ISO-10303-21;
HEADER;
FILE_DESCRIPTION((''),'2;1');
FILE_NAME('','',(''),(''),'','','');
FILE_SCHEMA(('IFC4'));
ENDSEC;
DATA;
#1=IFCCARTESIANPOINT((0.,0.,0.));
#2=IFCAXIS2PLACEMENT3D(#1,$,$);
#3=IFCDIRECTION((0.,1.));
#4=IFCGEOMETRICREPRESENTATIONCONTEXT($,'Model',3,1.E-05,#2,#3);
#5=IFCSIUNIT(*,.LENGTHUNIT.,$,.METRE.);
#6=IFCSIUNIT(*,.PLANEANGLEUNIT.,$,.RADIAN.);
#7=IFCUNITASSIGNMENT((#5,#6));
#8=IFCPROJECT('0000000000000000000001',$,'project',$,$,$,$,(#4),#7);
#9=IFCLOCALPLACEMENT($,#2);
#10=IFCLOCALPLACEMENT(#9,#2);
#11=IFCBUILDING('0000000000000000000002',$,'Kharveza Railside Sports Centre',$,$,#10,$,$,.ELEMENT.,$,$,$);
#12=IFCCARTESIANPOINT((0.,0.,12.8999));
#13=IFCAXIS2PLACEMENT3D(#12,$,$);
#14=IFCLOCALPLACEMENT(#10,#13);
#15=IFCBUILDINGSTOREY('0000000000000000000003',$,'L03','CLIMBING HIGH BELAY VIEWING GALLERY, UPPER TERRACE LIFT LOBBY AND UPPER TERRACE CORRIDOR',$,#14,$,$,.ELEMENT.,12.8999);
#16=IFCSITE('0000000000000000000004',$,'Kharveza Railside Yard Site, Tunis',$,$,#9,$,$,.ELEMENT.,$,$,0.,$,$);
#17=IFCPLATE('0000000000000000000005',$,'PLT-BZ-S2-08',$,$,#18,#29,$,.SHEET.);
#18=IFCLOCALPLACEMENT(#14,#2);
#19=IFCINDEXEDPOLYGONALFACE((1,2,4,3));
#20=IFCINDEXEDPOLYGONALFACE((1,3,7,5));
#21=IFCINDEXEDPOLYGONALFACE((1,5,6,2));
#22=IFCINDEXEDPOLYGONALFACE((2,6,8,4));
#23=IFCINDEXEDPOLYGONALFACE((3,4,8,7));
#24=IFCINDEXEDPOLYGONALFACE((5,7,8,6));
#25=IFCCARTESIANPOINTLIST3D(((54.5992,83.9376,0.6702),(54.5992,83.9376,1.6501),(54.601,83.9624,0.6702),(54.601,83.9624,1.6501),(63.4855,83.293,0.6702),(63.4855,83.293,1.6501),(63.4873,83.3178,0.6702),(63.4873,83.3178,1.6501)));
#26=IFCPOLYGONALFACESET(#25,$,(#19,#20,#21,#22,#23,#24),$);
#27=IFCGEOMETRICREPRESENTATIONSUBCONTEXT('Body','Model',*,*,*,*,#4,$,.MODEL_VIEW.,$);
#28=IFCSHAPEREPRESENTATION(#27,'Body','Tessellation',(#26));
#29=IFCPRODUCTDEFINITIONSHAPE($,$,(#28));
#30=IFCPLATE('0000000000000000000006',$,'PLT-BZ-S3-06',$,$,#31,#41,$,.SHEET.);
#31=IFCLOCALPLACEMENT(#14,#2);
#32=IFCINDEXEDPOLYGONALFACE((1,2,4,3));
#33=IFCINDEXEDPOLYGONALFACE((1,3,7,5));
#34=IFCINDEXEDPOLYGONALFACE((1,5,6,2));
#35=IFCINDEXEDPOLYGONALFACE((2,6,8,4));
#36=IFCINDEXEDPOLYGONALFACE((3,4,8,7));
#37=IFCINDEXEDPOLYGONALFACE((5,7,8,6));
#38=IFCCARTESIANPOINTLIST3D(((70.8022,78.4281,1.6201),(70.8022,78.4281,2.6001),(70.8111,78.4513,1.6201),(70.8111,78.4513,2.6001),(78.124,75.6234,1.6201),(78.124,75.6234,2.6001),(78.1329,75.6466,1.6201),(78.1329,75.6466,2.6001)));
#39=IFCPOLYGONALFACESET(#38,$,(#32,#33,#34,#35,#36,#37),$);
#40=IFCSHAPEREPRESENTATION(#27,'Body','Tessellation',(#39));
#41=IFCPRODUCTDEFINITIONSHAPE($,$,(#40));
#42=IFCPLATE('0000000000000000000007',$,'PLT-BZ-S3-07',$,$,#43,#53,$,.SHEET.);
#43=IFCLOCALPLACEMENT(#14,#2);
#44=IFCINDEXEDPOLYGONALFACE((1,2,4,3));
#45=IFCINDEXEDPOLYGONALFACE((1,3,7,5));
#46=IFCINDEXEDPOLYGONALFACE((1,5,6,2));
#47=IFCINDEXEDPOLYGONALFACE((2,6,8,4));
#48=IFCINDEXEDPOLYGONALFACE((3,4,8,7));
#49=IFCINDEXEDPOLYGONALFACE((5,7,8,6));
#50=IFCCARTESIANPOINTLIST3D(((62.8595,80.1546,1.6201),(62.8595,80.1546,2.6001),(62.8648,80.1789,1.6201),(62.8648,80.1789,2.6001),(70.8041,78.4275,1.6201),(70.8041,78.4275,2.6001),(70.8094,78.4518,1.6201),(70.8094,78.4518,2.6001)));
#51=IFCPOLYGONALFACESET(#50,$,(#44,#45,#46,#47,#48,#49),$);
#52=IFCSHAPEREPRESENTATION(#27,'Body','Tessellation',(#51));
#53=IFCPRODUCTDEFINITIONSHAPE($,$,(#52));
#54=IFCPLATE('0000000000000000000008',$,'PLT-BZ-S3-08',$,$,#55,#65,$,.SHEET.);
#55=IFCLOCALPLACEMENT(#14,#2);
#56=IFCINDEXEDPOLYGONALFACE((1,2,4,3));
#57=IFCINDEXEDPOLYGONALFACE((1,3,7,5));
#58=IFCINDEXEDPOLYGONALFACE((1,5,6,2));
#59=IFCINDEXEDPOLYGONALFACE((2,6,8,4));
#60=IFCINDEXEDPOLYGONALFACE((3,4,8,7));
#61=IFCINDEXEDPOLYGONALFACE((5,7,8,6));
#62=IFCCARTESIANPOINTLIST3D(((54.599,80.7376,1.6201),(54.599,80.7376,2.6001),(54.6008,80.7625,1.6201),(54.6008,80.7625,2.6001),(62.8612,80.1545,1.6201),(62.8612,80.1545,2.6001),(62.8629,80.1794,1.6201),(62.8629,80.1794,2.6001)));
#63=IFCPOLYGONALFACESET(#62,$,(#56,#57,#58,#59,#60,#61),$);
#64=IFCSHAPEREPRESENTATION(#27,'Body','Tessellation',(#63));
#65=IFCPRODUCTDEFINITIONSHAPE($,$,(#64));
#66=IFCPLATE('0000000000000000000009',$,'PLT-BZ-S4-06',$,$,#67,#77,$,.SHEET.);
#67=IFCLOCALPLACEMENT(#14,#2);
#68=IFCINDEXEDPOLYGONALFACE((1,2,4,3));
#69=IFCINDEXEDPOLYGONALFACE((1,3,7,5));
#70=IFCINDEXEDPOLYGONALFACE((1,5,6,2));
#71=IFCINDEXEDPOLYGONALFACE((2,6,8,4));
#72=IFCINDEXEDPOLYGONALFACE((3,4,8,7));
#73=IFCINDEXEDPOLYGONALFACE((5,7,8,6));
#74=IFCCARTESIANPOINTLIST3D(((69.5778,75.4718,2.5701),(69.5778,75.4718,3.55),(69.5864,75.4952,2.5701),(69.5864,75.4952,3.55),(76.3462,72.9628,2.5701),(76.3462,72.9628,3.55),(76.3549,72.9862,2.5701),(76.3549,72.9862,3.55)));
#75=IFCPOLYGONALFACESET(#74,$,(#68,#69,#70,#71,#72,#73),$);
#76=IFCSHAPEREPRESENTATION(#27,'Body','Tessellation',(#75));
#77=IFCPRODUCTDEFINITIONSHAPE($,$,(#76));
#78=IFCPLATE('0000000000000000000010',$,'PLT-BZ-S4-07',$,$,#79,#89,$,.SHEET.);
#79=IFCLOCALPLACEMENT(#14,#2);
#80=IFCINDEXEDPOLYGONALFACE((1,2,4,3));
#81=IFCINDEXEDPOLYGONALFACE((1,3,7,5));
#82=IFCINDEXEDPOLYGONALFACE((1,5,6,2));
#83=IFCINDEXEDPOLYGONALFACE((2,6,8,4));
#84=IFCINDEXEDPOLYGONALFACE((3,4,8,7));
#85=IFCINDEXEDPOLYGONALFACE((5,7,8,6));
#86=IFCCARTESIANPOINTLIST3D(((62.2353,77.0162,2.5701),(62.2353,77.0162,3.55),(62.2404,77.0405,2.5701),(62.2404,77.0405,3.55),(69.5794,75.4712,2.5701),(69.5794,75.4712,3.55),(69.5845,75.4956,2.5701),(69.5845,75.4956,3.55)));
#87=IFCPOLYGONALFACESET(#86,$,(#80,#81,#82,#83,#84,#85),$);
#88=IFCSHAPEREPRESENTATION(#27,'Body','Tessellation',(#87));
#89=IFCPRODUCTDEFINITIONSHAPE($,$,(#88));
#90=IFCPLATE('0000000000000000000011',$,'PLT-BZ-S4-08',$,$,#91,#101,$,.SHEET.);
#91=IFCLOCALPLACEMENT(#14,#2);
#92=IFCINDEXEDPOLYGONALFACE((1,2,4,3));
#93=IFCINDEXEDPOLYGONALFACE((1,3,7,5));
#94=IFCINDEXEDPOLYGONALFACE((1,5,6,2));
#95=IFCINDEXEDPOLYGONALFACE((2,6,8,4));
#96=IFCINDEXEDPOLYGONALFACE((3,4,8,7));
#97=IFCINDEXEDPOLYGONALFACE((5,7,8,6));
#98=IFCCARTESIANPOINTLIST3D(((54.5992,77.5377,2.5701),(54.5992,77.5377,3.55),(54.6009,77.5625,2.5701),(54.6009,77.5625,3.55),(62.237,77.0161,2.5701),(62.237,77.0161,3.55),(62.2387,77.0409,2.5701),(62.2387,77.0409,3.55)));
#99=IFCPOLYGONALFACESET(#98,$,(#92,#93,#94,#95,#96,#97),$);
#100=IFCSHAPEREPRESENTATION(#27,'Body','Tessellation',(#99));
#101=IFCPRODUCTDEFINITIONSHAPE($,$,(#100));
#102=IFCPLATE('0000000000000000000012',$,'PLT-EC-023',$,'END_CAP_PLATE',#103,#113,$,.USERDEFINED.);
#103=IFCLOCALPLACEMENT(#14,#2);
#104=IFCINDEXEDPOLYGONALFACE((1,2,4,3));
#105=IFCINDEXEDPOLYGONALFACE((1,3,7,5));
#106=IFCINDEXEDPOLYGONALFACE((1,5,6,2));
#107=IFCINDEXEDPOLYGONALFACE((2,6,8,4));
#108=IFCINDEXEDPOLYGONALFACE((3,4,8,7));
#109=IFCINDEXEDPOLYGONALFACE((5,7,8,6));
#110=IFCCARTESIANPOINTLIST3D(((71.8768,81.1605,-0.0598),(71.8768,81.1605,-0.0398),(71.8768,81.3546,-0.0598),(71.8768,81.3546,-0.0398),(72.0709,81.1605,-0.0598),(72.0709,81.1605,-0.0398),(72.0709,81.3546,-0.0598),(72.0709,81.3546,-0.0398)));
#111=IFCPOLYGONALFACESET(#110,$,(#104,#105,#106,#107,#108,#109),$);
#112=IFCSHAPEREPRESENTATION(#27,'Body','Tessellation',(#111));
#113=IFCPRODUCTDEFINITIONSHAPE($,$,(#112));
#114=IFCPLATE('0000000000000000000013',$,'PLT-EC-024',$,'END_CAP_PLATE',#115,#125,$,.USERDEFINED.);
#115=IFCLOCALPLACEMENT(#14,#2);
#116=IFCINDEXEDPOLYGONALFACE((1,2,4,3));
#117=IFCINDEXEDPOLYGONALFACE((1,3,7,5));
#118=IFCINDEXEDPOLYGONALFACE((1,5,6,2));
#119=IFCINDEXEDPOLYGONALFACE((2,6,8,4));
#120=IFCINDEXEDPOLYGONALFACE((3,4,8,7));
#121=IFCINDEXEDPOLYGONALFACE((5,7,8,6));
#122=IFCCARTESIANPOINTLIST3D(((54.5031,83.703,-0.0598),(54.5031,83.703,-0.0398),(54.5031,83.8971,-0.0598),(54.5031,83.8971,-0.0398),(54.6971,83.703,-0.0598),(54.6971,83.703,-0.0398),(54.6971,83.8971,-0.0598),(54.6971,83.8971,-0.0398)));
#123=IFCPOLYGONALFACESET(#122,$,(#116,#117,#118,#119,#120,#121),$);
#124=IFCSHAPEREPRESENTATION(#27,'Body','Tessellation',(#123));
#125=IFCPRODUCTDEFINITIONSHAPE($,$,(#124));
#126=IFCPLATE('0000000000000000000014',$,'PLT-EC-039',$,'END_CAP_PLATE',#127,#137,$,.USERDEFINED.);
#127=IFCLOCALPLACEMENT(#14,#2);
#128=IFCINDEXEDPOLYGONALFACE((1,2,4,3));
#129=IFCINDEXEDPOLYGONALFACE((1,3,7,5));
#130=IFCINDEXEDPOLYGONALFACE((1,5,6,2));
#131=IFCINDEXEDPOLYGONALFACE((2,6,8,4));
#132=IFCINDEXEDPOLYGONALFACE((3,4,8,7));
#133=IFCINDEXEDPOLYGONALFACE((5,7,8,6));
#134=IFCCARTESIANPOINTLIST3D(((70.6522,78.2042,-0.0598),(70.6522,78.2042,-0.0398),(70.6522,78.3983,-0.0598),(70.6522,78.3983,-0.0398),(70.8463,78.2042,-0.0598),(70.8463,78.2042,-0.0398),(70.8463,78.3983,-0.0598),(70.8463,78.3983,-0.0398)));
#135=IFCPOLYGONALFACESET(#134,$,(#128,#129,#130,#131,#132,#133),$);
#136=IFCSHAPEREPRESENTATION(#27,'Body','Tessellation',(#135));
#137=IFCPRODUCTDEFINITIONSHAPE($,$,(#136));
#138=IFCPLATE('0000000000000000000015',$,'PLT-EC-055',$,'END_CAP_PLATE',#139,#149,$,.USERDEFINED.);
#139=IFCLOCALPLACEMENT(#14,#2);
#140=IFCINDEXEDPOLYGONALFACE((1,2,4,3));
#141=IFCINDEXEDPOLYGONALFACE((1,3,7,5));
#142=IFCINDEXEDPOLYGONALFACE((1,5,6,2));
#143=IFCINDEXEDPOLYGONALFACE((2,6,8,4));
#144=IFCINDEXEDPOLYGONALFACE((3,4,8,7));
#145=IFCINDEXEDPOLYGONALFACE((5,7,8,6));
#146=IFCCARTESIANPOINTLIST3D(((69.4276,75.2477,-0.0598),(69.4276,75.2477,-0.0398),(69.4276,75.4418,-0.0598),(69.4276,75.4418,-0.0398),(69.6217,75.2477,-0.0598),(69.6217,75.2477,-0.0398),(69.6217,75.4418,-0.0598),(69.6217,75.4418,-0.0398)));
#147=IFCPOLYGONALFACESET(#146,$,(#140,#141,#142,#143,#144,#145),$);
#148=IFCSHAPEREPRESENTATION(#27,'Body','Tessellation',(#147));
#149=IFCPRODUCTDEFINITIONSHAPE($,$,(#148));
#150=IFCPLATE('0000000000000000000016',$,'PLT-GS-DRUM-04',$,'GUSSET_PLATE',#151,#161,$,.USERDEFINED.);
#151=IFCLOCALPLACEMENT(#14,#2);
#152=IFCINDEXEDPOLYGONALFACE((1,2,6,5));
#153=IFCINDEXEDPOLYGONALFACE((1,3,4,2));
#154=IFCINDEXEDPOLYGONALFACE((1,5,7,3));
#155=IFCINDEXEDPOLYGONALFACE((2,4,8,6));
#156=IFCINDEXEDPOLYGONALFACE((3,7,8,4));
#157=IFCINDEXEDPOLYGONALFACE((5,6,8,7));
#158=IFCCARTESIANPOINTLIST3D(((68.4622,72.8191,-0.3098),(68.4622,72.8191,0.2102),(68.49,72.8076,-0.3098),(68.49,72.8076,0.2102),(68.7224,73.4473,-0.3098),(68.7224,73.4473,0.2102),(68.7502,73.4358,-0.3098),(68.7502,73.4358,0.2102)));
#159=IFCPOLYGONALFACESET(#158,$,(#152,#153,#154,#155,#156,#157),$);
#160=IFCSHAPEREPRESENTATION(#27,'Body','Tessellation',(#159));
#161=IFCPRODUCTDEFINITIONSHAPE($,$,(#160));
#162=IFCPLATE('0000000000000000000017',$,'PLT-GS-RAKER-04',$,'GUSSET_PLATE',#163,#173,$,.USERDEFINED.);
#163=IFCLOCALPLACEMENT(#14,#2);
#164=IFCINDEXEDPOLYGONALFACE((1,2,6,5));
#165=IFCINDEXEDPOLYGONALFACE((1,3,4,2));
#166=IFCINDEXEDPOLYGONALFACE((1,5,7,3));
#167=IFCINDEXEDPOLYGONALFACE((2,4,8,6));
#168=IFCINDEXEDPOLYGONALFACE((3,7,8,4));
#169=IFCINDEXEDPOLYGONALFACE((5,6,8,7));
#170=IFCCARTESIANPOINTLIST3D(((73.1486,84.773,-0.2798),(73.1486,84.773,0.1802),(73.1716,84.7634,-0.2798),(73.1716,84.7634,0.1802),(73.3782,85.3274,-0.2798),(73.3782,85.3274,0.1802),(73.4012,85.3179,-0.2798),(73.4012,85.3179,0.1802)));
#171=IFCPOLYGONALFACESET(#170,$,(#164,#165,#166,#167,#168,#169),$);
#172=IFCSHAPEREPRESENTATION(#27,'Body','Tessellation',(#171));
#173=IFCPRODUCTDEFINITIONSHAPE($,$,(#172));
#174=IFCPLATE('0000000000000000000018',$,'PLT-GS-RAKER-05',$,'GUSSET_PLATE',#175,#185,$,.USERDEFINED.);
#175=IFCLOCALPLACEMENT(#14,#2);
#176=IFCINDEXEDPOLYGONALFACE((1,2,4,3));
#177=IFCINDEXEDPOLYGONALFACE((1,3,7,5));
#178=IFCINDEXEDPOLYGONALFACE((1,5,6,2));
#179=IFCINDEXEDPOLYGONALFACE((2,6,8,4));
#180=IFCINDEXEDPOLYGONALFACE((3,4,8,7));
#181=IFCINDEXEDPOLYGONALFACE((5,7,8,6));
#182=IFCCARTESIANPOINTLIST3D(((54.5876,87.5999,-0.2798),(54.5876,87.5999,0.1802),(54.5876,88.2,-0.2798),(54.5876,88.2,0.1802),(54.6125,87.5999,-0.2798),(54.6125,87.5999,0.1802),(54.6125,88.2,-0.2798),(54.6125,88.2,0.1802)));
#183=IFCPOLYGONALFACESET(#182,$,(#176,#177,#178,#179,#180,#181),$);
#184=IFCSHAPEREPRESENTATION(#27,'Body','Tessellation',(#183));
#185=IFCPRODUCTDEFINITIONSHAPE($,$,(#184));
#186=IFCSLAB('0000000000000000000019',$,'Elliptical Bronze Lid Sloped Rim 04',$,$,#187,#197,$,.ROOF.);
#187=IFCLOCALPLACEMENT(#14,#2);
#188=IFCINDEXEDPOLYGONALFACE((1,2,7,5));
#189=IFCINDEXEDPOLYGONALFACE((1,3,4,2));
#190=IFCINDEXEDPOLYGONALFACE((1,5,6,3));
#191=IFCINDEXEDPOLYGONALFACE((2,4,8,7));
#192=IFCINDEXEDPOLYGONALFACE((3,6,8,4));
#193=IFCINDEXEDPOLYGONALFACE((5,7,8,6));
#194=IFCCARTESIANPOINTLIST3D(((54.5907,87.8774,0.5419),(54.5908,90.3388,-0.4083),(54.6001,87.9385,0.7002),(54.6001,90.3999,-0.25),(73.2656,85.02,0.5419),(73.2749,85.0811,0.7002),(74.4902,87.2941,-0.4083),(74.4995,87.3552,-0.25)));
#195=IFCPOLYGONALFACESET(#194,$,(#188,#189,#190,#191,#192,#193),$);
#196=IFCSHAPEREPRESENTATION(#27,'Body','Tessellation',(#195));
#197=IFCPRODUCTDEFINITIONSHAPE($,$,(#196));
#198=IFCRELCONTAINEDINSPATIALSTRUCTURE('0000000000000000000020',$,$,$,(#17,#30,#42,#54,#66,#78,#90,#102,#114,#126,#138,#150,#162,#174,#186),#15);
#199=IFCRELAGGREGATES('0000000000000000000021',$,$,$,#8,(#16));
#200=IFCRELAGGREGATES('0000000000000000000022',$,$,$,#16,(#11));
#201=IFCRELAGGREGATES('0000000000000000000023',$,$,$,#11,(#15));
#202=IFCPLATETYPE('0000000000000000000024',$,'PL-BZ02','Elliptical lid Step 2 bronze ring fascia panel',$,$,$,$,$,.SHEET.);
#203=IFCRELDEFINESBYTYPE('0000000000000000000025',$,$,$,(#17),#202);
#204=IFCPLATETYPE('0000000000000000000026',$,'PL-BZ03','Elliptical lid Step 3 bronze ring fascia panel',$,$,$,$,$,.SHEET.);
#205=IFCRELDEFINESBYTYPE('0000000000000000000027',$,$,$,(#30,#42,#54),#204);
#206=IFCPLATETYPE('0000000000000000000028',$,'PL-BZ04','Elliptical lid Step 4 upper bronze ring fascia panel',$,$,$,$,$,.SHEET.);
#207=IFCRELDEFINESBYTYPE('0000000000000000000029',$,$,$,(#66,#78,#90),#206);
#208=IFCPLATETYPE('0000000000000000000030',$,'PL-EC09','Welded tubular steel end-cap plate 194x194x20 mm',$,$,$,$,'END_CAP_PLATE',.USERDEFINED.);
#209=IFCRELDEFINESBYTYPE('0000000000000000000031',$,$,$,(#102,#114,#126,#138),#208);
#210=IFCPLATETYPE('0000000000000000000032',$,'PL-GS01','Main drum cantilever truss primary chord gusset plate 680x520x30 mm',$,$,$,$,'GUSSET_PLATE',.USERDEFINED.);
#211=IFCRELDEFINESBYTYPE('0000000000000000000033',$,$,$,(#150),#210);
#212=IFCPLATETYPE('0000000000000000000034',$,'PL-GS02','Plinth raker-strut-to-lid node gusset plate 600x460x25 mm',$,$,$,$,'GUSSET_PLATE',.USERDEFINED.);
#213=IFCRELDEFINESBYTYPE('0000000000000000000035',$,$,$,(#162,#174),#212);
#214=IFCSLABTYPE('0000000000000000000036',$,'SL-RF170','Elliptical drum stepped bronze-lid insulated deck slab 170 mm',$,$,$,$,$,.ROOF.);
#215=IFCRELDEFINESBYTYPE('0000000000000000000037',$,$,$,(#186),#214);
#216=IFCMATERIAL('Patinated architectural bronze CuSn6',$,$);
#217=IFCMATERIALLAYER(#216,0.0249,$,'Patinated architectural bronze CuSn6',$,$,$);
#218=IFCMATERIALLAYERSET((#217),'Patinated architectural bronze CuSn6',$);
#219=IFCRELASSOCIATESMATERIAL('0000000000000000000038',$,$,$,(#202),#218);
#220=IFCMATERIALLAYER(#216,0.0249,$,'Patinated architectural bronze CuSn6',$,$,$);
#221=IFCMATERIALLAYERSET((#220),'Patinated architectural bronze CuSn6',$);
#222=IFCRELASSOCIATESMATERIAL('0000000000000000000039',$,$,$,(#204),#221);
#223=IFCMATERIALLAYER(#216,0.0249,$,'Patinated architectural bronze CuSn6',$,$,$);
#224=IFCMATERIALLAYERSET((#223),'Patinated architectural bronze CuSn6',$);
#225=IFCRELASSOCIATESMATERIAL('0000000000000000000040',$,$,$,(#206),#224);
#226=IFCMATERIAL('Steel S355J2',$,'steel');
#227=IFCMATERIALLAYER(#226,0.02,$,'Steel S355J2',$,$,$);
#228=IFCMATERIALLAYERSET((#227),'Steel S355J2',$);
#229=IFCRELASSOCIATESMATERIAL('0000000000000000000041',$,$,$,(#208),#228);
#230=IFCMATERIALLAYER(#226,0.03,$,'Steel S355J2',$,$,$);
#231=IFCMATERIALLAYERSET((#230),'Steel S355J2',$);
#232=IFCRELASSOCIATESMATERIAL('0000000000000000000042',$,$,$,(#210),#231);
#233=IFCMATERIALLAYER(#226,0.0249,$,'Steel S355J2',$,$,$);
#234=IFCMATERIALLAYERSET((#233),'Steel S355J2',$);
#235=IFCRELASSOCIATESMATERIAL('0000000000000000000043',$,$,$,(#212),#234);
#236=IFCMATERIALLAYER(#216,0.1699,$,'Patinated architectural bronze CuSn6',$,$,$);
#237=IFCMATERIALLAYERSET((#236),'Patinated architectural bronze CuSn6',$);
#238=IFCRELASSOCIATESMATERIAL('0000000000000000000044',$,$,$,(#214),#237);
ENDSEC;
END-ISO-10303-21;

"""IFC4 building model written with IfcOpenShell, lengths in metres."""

from ifc_helpers import new_model, si_unit, direction, frame, origin, origin_2d, place, context, subcontext, project, spatial, polyline, rectangle, outline, extrude, material, layer, layer_set, type_object, element, save


model = new_model("IFC4")

# Units and contexts
model_context = context("Model", 3, precision=1e-05, world=origin(), true_north=direction((0.0, 1.0)))
body_context = subcontext(model_context, "Body", "Model", "MODEL_VIEW")
ifc_project = project(units=[si_unit("LENGTHUNIT", "METRE"), si_unit("PLANEANGLEUNIT", "RADIAN")], contexts=[model_context])

# Site, building, storey
site_placement = place(None, origin())
site = spatial("IfcSite", under=ifc_project, at=site_placement, Name="Kharveza Railside Yard Site, Tunis", CompositionType="ELEMENT", RefElevation=0.0)
building_placement = place(site_placement, origin())
building = spatial("IfcBuilding", under=site, at=building_placement, Name="Kharveza Railside Sports Centre", CompositionType="ELEMENT")
storey_placement = place(building_placement, frame((0.0, 0.0, 12.8999)))
storey = spatial("IfcBuildingStorey", under=building, at=storey_placement, Name="L03", Description="CLIMBING HIGH BELAY VIEWING GALLERY, UPPER TERRACE LIFT LOBBY AND UPPER TERRACE CORRIDOR", CompositionType="ELEMENT", Elevation=12.8999)

# Shared definitions
ifc_material_1 = material(Name="Steel S355J2", Category="steel")

# Plates
ifc_material_2 = material(Name="Patinated architectural bronze CuSn6")
ifc_layer_1 = layer(ifc_material_2, 0.0249, Name="Patinated architectural bronze CuSn6")
ifc_layer_set_1 = layer_set([ifc_layer_1], Name="Patinated architectural bronze CuSn6")
plate_type_1 = type_object("IfcPlateType", Name="PL-BZ02", Description="Elliptical lid Step 2 bronze ring fascia panel", PredefinedType="SHEET", material=ifc_layer_set_1)
plate_1_placement = place(storey_placement, frame((59.0432, 83.6277, 0.6702), z_axis=(0.0, 0.0, 1.0), x_axis=(-0.997379, 0.07235, 0.0)))
element("IfcPlate", 1, at=plate_1_placement, inside=storey, type_object=plate_type_1, Name="PLT-BZ-S2-08", PredefinedType="SHEET", context=body_context, shape_type="SweptSolid", body=[
    extrude(rectangle(XDim=8.9097, YDim=0.0249, at=origin_2d()), origin(), (0.0, 0.0, 1.0), 0.98),
])
ifc_layer_2 = layer(ifc_material_2, 0.0249, Name="Patinated architectural bronze CuSn6")
ifc_layer_set_2 = layer_set([ifc_layer_2], Name="Patinated architectural bronze CuSn6")
plate_type_2 = type_object("IfcPlateType", Name="PL-BZ03", Description="Elliptical lid Step 3 bronze ring fascia panel", PredefinedType="SHEET", material=ifc_layer_set_2)
plate_2_placement = place(storey_placement, frame((74.4675, 77.0374, 1.6201), z_axis=(0.0, 0.0, 1.0), x_axis=(-0.93383, 0.357716, 0.0)))
element("IfcPlate", 2, at=plate_2_placement, inside=storey, type_object=plate_type_2, Name="PLT-BZ-S3-06", PredefinedType="SHEET", context=body_context, shape_type="SweptSolid", body=[
    extrude(rectangle(XDim=7.8406, YDim=0.0249, at=origin_2d()), origin(), (0.0, 0.0, 1.0), 0.98),
])
plate_3_placement = place(storey_placement, frame((66.8345, 79.3032, 1.6201), z_axis=(0.0, 0.0, 1.0), x_axis=(-0.977176, 0.212434, 0.0)))
element("IfcPlate", 3, at=plate_3_placement, inside=storey, type_object=plate_type_2, Name="PLT-BZ-S3-07", PredefinedType="SHEET", context=body_context, shape_type="SweptSolid", body=[
    extrude(rectangle(XDim=8.1301, YDim=0.0249, at=origin_2d()), origin(), (0.0, 0.0, 1.0), 0.98),
])
plate_4_placement = place(storey_placement, frame((58.731, 80.4585, 1.6201), z_axis=(0.0, 0.0, 1.0), x_axis=(-0.997519, 0.070401, 0.0)))
element("IfcPlate", 4, at=plate_4_placement, inside=storey, type_object=plate_type_2, Name="PLT-BZ-S3-08", PredefinedType="SHEET", context=body_context, shape_type="SweptSolid", body=[
    extrude(rectangle(XDim=8.2827, YDim=0.0249, at=origin_2d()), origin(), (0.0, 0.0, 1.0), 0.98),
])
ifc_layer_3 = layer(ifc_material_2, 0.0249, Name="Patinated architectural bronze CuSn6")
ifc_layer_set_3 = layer_set([ifc_layer_3], Name="Patinated architectural bronze CuSn6")
plate_type_3 = type_object("IfcPlateType", Name="PL-BZ04", Description="Elliptical lid Step 4 upper bronze ring fascia panel", PredefinedType="SHEET", material=ifc_layer_set_3)
plate_5_placement = place(storey_placement, frame((72.9663, 74.229, 2.5701), z_axis=(0.0, 0.0, 1.0), x_axis=(-0.937653, 0.347574, 0.0)))
element("IfcPlate", 5, at=plate_5_placement, inside=storey, type_object=plate_type_3, Name="PLT-BZ-S4-06", PredefinedType="SHEET", context=body_context, shape_type="SweptSolid", body=[
    extrude(rectangle(XDim=7.2185, YDim=0.0249, at=origin_2d()), origin(), (0.0, 0.0, 1.0), 0.98),
])
plate_6_placement = place(storey_placement, frame((65.9099, 76.2559, 2.5701), z_axis=(0.0, 0.0, 1.0), x_axis=(-0.978581, 0.205863, 0.0)))
element("IfcPlate", 6, at=plate_6_placement, inside=storey, type_object=plate_type_3, Name="PLT-BZ-S4-07", PredefinedType="SHEET", context=body_context, shape_type="SweptSolid", body=[
    extrude(rectangle(XDim=7.5049, YDim=0.0249, at=origin_2d()), origin(), (0.0, 0.0, 1.0), 0.98),
])
plate_7_placement = place(storey_placement, frame((58.4189, 77.2893, 2.5701), z_axis=(0.0, 0.0, 1.0), x_axis=(-0.997676, 0.068137, 0.0)))
element("IfcPlate", 7, at=plate_7_placement, inside=storey, type_object=plate_type_3, Name="PLT-BZ-S4-08", PredefinedType="SHEET", context=body_context, shape_type="SweptSolid", body=[
    extrude(rectangle(XDim=7.6555, YDim=0.0249, at=origin_2d()), origin(), (0.0, 0.0, 1.0), 0.98),
])
ifc_layer_4 = layer(ifc_material_1, 0.02, Name="Steel S355J2")
ifc_layer_set_4 = layer_set([ifc_layer_4], Name="Steel S355J2")
plate_type_4 = type_object("IfcPlateType", Name="PL-EC09", Description="Welded tubular steel end-cap plate 194x194x20 mm", ElementType="END_CAP_PLATE", PredefinedType="USERDEFINED", material=ifc_layer_set_4)
for number, where, z_axis, x_axis, name in (
    (8, (71.9739, 81.2576, -0.0598), (0.0, 0.0, 1.0), (1.0, 0.0, 0.0), "PLT-EC-023"),
    (9, (54.6001, 83.8, -0.0598), (0.0, 0.0, 1.0), (1.0, 0.0, 0.0), "PLT-EC-024"),
    (10, (70.7493, 78.3013, -0.0598), (0.0, 0.0, 1.0), (1.0, 0.0, 0.0), "PLT-EC-039"),
    (11, (69.5247, 75.3447, -0.0598), (0.0, 0.0, 1.0), (1.0, 0.0, 0.0), "PLT-EC-055"),
):
    element("IfcPlate", number, at=place(storey_placement, frame(where, z_axis=z_axis, x_axis=x_axis)), inside=storey, type_object=plate_type_4, Name=name, ObjectType="END_CAP_PLATE", PredefinedType="USERDEFINED", context=body_context, shape_type="SweptSolid", body=[
        extrude(rectangle(XDim=0.1941, YDim=0.1941, at=origin_2d()), origin(), (0.0, 0.0, 1.0), 0.02),
    ])
ifc_layer_5 = layer(ifc_material_1, 0.03, Name="Steel S355J2")
ifc_layer_set_5 = layer_set([ifc_layer_5], Name="Steel S355J2")
plate_type_5 = type_object("IfcPlateType", Name="PL-GS01", Description="Main drum cantilever truss primary chord gusset plate 680x520x30 mm", ElementType="GUSSET_PLATE", PredefinedType="USERDEFINED", material=ifc_layer_set_5)
plate_8_placement = place(storey_placement, frame((68.6062, 73.1274, -0.3098), z_axis=(0.0, 0.0, 1.0), x_axis=(0.382683, 0.92388, 0.0)))
element("IfcPlate", 12, at=plate_8_placement, inside=storey, type_object=plate_type_5, Name="PLT-GS-DRUM-04", ObjectType="GUSSET_PLATE", PredefinedType="USERDEFINED", context=body_context, shape_type="SweptSolid", body=[
    extrude(rectangle(XDim=0.6799, YDim=0.03, at=origin_2d()), origin(), (0.0, 0.0, 1.0), 0.52),
])
ifc_layer_6 = layer(ifc_material_1, 0.0249, Name="Steel S355J2")
ifc_layer_set_6 = layer_set([ifc_layer_6], Name="Steel S355J2")
plate_type_6 = type_object("IfcPlateType", Name="PL-GS02", Description="Plinth raker-strut-to-lid node gusset plate 600x460x25 mm", ElementType="GUSSET_PLATE", PredefinedType="USERDEFINED", material=ifc_layer_set_6)
for number, where, z_axis, x_axis, name in (
    (13, (73.2749, 85.0454, -0.2798), (0.0, 0.0, 1.0), (0.382683, 0.92388, 0.0), "PLT-GS-RAKER-04"),
    (14, (54.6001, 87.8999, -0.2798), (0.0, 0.0, 1.0), (0.0, 1.0, 0.0), "PLT-GS-RAKER-05"),
):
    element("IfcPlate", number, at=place(storey_placement, frame(where, z_axis=z_axis, x_axis=x_axis)), inside=storey, type_object=plate_type_6, Name=name, ObjectType="GUSSET_PLATE", PredefinedType="USERDEFINED", context=body_context, shape_type="SweptSolid", body=[
        extrude(rectangle(XDim=0.6001, YDim=0.0249, at=origin_2d()), origin(), (0.0, 0.0, 1.0), 0.46),
    ])

# Slab
ifc_layer_7 = layer(ifc_material_2, 0.1699, Name="Patinated architectural bronze CuSn6")
ifc_layer_set_7 = layer_set([ifc_layer_7], Name="Patinated architectural bronze CuSn6")
slab_type = type_object("IfcSlabType", Name="SL-RF170", Description="Elliptical drum stepped bronze-lid insulated deck slab 170 mm", PredefinedType="ROOF", material=ifc_layer_set_7)
slab_1_placement = place(storey_placement, frame((74.4995, 87.3552, -0.25), z_axis=(0.055018, 0.359579, 0.931491), x_axis=(-0.988497, 0.151244, 0.000001)))
element("IfcSlab", 15, at=slab_1_placement, inside=storey, type_object=slab_type, Name="Elliptical Bronze Lid Sloped Rim 04", PredefinedType="ROOF", context=body_context, shape_type="SweptSolid", body=[
    extrude(outline(polyline([(0.0, 0.0), (20.131, 0.0), (19.7587, 2.6121), (0.8666, 2.6122), (0.0, 0.0)])), origin(), (0.0, 0.0, -1.0), 0.1699),
])

save(model, "model.ifc")
